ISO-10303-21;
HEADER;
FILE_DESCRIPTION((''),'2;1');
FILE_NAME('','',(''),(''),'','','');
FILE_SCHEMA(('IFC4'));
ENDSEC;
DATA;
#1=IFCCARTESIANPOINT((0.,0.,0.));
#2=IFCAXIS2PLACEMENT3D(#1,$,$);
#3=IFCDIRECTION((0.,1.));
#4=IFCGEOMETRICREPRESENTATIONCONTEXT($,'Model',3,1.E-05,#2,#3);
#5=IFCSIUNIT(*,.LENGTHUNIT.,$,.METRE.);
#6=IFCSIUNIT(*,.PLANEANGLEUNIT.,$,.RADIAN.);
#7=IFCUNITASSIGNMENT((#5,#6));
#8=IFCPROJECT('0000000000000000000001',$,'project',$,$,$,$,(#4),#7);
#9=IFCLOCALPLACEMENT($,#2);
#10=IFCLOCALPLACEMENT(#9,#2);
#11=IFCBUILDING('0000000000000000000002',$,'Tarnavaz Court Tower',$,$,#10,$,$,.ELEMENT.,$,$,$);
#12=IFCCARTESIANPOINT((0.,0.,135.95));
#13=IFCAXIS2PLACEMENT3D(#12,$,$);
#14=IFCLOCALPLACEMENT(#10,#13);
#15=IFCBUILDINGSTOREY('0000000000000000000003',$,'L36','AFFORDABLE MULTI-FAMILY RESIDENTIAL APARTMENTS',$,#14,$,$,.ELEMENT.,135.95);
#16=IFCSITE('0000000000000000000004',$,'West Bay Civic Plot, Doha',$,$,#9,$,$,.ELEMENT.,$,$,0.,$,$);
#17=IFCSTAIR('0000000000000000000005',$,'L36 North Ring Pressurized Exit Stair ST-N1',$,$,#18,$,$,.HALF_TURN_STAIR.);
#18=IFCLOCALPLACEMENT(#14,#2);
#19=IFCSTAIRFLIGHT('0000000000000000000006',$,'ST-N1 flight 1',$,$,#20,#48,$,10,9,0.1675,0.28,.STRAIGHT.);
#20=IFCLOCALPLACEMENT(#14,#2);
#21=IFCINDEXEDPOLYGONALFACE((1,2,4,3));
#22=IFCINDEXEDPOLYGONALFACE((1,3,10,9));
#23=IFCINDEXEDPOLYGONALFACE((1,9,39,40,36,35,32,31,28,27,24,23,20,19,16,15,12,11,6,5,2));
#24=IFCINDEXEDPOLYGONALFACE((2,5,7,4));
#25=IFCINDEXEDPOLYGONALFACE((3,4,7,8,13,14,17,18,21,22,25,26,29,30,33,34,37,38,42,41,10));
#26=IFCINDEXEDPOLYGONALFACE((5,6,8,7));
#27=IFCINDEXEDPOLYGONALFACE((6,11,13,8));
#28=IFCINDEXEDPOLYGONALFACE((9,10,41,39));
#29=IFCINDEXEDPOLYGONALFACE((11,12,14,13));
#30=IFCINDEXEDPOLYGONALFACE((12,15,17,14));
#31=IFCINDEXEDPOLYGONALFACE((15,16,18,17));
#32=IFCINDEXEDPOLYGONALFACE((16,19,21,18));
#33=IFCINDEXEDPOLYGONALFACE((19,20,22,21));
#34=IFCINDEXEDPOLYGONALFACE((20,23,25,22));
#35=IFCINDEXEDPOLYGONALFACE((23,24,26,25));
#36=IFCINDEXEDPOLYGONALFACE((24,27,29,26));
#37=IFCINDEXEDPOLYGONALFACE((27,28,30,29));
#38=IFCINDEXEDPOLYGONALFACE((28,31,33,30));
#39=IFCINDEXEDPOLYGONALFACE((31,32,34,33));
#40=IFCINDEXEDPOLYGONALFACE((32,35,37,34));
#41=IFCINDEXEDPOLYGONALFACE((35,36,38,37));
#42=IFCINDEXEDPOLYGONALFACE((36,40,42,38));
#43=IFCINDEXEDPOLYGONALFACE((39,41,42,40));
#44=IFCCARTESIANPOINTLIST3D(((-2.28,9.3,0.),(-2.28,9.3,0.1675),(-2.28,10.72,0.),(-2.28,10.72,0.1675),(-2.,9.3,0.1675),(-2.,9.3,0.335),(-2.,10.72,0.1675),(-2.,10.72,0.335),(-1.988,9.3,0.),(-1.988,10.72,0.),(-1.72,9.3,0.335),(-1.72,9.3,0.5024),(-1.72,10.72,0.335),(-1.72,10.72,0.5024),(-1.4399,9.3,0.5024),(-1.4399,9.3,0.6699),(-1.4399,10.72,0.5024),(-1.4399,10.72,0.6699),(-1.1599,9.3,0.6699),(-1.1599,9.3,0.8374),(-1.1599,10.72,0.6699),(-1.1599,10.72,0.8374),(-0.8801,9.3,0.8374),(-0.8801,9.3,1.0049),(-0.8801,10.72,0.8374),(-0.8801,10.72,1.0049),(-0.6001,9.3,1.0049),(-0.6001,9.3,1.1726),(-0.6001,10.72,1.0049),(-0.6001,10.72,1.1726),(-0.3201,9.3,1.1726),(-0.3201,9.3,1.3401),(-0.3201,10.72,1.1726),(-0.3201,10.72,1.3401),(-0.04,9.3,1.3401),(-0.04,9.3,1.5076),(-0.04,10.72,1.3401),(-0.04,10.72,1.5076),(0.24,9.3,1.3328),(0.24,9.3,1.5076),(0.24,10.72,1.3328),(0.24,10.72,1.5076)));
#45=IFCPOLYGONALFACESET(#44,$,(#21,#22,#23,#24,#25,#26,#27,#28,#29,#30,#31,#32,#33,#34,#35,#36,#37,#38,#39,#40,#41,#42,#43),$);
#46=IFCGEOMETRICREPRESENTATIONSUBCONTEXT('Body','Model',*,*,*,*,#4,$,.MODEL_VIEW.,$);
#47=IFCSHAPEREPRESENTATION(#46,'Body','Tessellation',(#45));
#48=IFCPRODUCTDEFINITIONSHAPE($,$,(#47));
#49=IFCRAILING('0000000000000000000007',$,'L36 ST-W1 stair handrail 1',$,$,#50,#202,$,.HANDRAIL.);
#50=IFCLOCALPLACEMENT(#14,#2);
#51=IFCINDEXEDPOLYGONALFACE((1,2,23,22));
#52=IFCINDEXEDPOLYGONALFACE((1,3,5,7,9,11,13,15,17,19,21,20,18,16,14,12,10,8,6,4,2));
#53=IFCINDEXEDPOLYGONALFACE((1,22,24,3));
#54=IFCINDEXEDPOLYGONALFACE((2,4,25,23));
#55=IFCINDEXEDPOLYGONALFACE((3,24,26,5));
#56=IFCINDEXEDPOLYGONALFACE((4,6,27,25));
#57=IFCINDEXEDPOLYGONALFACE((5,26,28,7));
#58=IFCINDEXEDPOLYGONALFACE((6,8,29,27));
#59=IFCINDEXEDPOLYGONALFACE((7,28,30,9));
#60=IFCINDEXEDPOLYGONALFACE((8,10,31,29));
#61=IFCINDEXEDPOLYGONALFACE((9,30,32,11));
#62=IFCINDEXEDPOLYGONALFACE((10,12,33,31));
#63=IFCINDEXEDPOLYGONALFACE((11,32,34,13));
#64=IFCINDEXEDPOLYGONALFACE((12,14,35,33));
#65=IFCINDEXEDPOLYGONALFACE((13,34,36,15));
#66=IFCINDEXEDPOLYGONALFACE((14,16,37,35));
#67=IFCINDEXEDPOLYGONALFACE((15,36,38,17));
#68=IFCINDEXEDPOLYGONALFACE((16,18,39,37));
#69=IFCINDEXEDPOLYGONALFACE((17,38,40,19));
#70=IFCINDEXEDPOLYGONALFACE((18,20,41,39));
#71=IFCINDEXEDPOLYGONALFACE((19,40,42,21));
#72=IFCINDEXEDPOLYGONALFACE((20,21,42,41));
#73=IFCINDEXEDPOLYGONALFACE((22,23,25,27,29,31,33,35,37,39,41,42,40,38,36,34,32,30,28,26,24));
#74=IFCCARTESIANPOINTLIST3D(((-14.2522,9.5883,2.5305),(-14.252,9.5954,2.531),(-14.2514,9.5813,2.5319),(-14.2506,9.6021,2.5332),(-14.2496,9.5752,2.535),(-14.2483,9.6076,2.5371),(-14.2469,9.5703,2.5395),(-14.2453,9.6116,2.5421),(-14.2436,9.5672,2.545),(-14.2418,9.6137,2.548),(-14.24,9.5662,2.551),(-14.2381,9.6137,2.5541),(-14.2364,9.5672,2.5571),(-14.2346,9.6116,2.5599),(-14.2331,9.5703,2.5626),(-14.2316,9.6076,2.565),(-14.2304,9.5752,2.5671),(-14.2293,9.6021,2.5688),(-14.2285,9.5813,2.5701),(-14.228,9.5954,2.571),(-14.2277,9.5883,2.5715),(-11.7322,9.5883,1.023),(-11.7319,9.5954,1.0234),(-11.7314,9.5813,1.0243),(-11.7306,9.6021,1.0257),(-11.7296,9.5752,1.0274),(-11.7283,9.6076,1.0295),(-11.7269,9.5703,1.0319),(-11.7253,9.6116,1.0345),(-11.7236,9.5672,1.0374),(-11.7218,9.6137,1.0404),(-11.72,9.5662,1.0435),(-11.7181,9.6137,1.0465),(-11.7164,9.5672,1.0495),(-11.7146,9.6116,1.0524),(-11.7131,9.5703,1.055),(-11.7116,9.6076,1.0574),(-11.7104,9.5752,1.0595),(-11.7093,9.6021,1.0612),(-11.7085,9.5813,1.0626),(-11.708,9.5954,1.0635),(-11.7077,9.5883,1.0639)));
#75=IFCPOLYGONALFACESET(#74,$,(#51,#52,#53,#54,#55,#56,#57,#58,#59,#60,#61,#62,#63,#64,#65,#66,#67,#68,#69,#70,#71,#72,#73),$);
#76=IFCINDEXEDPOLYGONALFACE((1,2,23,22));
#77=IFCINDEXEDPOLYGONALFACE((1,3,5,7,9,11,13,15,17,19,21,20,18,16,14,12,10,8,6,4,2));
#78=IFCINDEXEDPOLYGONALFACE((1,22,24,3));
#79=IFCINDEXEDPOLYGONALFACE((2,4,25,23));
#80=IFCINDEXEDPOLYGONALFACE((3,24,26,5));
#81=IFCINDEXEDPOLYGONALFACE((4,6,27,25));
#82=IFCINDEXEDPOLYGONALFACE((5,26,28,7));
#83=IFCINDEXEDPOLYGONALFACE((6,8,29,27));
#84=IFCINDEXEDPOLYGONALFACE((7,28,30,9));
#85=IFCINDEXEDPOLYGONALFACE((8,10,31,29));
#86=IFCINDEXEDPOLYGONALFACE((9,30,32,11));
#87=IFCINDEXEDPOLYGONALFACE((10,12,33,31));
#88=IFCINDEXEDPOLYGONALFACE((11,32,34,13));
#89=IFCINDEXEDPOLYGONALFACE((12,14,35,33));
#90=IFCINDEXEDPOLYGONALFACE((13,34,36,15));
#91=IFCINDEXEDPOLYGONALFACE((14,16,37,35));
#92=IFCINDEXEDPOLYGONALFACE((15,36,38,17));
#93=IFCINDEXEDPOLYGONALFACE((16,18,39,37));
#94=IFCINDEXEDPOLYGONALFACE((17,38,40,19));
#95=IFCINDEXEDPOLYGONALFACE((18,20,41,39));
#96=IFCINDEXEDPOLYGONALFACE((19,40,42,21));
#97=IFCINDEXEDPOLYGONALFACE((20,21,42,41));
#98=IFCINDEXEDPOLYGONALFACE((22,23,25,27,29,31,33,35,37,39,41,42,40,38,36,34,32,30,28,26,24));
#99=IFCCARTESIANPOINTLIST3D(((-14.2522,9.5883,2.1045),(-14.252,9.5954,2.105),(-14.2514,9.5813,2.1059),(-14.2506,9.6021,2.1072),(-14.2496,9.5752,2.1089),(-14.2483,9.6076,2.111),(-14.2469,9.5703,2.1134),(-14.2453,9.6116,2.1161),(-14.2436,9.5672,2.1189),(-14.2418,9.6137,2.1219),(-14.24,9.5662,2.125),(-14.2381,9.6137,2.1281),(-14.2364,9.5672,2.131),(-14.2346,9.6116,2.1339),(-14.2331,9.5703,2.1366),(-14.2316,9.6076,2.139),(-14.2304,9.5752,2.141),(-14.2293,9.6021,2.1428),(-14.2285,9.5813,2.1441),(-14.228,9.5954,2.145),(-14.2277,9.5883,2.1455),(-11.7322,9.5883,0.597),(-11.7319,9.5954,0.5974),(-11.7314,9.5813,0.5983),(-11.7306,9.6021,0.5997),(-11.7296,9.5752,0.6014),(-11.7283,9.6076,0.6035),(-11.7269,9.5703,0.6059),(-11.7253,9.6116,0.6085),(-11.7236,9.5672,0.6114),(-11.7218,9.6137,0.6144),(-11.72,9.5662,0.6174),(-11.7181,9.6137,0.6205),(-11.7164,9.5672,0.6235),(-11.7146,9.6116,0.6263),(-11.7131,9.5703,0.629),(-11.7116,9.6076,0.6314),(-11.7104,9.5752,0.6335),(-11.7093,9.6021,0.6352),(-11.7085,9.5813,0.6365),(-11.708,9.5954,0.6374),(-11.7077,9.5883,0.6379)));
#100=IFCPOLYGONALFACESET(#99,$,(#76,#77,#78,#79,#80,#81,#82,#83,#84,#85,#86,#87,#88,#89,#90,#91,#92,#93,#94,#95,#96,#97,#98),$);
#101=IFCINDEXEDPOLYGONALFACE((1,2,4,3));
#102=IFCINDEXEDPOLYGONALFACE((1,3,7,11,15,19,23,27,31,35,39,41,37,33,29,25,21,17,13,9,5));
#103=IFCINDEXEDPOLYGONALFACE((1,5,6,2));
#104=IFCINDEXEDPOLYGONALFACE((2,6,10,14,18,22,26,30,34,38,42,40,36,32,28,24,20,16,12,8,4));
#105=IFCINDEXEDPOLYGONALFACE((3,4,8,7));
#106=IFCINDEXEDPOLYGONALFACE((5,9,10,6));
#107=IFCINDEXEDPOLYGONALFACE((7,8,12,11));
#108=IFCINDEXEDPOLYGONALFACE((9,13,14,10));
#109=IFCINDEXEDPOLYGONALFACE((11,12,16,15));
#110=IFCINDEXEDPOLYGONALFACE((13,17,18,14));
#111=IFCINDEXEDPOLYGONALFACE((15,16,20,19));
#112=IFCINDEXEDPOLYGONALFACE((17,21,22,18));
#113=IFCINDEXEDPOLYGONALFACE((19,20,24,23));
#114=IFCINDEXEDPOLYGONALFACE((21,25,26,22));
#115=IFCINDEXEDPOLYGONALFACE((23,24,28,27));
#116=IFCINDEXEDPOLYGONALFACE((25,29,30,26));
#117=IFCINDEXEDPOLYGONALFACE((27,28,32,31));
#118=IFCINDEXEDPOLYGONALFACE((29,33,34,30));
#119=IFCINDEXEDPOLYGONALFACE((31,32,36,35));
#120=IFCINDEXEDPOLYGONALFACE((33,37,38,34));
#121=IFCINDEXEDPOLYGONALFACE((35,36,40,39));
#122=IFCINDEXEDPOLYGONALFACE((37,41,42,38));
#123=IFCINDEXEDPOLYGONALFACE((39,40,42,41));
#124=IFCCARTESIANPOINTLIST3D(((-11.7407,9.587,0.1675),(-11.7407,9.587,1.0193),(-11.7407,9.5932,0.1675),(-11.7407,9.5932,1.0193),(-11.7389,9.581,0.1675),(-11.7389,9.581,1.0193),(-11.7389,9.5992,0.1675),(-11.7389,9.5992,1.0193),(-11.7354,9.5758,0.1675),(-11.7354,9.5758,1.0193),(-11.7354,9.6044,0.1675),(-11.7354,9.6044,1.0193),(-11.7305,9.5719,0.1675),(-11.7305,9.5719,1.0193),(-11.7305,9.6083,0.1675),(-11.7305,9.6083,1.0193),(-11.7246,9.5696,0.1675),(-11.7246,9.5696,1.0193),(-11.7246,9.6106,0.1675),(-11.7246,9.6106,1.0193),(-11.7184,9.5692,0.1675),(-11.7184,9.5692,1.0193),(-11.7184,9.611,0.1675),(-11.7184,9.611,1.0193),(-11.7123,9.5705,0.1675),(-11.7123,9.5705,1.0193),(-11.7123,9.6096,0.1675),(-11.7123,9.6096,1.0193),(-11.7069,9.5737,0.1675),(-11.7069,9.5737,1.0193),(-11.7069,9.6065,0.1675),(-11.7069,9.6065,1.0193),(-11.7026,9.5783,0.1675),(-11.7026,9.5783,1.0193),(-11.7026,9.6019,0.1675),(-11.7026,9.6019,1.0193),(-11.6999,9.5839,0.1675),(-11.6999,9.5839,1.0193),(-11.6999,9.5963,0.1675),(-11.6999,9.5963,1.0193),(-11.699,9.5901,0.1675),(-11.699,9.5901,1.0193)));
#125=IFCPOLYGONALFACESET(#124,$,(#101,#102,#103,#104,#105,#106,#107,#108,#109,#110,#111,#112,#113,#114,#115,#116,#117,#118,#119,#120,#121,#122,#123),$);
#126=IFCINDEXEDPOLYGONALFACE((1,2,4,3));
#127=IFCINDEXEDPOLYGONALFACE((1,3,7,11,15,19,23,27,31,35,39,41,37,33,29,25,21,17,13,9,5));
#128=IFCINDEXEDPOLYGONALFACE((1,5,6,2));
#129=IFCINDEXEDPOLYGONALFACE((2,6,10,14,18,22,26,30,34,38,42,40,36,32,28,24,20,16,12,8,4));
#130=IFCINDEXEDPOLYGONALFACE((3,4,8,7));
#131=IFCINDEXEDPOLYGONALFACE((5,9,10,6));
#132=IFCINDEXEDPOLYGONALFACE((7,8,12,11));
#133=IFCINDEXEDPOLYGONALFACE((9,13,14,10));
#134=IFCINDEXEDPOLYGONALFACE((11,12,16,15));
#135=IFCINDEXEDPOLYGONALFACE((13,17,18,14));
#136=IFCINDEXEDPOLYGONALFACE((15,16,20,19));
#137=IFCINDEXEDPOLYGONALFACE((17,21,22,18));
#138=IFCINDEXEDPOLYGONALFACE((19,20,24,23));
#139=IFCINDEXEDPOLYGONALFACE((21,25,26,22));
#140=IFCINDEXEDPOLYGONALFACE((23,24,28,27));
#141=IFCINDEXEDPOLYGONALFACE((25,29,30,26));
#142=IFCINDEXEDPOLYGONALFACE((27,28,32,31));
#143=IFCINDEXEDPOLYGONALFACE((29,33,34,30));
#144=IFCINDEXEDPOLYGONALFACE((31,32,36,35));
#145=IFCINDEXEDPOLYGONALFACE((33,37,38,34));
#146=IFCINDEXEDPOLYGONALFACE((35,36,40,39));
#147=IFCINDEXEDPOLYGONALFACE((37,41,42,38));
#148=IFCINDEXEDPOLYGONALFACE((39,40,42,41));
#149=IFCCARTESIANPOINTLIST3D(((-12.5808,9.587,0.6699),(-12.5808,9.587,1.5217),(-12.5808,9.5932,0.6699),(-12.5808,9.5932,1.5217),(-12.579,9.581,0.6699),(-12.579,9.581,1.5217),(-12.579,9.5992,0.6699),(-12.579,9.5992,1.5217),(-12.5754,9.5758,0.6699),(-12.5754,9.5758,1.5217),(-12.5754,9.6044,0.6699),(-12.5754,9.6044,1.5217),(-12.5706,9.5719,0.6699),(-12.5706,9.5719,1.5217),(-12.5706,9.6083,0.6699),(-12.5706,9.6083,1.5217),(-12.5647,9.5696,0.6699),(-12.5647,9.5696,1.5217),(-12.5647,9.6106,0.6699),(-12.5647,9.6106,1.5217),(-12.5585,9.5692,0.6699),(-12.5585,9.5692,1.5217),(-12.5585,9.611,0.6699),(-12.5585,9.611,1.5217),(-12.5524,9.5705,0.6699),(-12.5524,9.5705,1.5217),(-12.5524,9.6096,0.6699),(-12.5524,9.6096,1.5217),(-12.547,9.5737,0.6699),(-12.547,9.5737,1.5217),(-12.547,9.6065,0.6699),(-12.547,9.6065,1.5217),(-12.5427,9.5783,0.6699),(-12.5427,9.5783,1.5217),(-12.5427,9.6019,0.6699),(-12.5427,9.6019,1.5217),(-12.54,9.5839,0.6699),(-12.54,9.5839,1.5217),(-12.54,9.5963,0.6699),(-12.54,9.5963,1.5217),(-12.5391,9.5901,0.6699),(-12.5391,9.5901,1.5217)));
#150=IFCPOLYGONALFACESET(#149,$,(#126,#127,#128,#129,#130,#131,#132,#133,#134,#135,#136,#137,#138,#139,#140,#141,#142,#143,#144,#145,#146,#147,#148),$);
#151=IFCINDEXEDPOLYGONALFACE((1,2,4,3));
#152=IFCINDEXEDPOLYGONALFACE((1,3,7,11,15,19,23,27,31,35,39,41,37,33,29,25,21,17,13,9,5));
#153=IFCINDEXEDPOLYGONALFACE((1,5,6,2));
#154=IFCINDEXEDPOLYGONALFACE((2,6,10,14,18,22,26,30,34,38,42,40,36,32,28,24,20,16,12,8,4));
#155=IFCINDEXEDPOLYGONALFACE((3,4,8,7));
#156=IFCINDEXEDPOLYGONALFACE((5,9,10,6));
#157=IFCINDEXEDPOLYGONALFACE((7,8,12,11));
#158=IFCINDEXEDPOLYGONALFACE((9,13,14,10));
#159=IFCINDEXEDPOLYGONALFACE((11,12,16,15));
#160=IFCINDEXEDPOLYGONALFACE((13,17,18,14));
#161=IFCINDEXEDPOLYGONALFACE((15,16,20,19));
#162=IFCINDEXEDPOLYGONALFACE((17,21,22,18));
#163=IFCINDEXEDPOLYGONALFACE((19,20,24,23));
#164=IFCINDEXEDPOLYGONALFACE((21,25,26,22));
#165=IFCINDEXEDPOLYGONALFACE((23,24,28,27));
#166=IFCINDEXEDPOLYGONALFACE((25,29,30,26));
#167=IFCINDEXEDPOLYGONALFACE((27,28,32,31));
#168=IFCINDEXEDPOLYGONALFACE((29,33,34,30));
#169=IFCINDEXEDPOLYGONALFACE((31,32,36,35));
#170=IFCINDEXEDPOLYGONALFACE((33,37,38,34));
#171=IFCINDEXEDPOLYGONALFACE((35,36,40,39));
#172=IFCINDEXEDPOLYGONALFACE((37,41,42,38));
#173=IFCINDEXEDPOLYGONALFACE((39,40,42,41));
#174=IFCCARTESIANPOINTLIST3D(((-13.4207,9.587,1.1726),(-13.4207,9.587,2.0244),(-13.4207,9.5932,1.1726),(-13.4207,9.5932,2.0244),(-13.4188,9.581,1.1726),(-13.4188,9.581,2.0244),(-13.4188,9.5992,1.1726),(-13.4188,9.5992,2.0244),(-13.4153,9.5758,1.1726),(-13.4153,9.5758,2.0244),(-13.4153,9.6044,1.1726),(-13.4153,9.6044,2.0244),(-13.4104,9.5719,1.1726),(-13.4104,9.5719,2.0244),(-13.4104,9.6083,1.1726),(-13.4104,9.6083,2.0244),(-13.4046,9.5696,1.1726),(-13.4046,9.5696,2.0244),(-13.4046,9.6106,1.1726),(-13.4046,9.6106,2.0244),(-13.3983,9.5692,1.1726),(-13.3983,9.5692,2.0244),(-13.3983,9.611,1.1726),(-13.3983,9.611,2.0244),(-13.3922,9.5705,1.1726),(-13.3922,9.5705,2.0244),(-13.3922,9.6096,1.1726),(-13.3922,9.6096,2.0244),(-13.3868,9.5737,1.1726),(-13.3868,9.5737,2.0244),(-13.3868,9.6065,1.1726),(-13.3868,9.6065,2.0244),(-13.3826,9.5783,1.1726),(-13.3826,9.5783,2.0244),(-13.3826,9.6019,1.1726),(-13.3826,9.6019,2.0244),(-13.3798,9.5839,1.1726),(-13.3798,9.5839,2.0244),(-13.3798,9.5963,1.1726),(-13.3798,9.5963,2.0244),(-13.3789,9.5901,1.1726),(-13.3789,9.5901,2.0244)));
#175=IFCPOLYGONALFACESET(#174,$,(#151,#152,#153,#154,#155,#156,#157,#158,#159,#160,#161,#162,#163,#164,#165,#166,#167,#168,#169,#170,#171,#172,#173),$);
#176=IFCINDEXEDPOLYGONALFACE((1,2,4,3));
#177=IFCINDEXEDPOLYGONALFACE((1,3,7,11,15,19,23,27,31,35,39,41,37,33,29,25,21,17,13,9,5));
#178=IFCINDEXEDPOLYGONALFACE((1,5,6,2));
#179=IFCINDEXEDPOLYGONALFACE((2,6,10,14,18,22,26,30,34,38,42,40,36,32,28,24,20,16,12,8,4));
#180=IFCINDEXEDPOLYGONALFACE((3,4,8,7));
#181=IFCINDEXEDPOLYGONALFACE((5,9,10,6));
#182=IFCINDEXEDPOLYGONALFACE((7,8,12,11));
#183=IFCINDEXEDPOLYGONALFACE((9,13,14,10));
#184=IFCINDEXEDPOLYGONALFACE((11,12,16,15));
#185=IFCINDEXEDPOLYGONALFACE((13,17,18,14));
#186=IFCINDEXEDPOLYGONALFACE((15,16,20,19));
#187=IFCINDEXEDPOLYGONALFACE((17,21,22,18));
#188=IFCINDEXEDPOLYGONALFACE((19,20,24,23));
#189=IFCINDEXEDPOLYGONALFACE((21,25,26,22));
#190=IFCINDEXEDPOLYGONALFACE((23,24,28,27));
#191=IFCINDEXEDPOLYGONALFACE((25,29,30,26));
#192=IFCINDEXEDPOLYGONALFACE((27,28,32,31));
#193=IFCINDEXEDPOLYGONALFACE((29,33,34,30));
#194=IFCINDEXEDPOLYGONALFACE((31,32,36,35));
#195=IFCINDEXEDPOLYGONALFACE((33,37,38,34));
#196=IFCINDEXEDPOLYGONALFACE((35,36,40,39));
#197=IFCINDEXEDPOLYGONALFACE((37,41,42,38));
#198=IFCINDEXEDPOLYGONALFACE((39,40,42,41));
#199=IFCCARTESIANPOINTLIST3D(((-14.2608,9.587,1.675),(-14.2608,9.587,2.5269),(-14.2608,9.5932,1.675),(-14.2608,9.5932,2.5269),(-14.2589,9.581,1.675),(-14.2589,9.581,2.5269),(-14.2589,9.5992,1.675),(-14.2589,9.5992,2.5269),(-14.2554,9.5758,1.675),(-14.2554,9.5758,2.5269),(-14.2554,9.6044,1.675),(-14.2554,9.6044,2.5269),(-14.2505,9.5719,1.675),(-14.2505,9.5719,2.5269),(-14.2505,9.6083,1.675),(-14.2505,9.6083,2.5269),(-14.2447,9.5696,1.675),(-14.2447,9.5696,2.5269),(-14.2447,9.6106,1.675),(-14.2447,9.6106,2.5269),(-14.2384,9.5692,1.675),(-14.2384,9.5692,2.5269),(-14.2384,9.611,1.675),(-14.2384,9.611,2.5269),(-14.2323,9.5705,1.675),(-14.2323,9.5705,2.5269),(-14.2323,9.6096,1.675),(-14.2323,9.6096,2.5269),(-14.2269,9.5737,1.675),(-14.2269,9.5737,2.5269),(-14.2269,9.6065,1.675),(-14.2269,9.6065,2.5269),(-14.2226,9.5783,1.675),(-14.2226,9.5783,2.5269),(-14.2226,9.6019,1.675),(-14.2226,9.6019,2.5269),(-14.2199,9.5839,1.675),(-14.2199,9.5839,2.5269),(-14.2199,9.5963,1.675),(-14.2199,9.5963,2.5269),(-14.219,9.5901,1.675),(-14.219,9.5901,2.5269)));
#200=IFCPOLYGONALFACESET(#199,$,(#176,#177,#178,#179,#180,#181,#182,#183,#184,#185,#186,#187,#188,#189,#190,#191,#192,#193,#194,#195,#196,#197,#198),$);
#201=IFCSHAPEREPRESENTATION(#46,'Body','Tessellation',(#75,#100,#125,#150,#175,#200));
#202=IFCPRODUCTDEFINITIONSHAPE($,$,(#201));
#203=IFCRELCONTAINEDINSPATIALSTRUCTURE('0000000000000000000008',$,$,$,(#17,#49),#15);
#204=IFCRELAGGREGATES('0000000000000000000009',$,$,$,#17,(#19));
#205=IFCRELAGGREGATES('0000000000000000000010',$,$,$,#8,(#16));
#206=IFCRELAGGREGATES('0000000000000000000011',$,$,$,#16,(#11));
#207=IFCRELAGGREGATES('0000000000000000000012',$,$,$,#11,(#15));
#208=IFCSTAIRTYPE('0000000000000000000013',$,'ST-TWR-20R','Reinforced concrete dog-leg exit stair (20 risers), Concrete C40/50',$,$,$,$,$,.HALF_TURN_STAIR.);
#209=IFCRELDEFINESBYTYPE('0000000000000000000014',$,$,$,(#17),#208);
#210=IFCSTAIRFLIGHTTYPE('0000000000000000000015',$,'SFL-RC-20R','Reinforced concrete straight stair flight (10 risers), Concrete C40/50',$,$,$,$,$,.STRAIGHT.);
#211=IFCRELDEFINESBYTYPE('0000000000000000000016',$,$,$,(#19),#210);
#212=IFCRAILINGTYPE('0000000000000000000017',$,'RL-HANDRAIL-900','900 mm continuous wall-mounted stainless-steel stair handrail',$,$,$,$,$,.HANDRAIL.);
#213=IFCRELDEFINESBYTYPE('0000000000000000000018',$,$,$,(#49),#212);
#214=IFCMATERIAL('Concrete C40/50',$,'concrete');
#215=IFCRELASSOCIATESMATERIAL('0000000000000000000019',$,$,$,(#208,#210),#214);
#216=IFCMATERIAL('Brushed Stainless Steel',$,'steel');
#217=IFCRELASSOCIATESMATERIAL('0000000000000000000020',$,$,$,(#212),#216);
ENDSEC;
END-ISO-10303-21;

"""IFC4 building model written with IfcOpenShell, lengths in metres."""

from ifc_helpers import new_model, si_unit, direction, frame, origin, origin_2d, place, context, subcontext, project, spatial, polyline, circle, outline, extrude, material, type_object, element, aggregate, save


model = new_model("IFC4")

# Units and contexts
model_context = context("Model", 3, precision=1e-05, world=origin(), true_north=direction((0.0, 1.0)))
body_context = subcontext(model_context, "Body", "Model", "MODEL_VIEW")
ifc_project = project(units=[si_unit("LENGTHUNIT", "METRE"), si_unit("PLANEANGLEUNIT", "RADIAN")], contexts=[model_context])

# Site, building, storey
site_placement = place(None, origin())
site = spatial("IfcSite", under=ifc_project, at=site_placement, Name="West Bay Civic Plot, Doha", CompositionType="ELEMENT", RefElevation=0.0)
building_placement = place(site_placement, origin())
building = spatial("IfcBuilding", under=site, at=building_placement, Name="Tarnavaz Court Tower", CompositionType="ELEMENT")
storey_placement = place(building_placement, frame((0.0, 0.0, 135.95)))
storey = spatial("IfcBuildingStorey", under=building, at=storey_placement, Name="L36", Description="AFFORDABLE MULTI-FAMILY RESIDENTIAL APARTMENTS", CompositionType="ELEMENT", Elevation=135.95)

# Shared definitions
ifc_material_1 = material(Name="Concrete C40/50", Category="concrete")
stair_type = type_object("IfcStairType", Name="ST-TWR-20R", Description="Reinforced concrete dog-leg exit stair (20 risers), Concrete C40/50", PredefinedType="HALF_TURN_STAIR", material=ifc_material_1)
stair_flight_type = type_object("IfcStairFlightType", Name="SFL-RC-20R", Description="Reinforced concrete straight stair flight (10 risers), Concrete C40/50", PredefinedType="STRAIGHT", material=ifc_material_1)

# Stair, stair flight
stair_1_placement = place(storey_placement, origin())
stair_1 = element("IfcStair", 1, at=stair_1_placement, inside=storey, type_object=stair_type, Name="L36 North Ring Pressurized Exit Stair ST-N1", PredefinedType="HALF_TURN_STAIR")
stair_flight_1_placement = place(storey_placement, frame((-2.28, 10.01, 0.0), z_axis=(0.0, 0.0, 1.0), x_axis=(1.0, 0.0, 0.0)))
stair_flight_1 = element("IfcStairFlight", 2, at=stair_flight_1_placement, type_object=stair_flight_type, Name="ST-N1 flight 1", NumberOfRisers=10, NumberOfTreads=9, PredefinedType="STRAIGHT", RiserHeight=0.1675, TreadLength=0.28, context=body_context, shape_type="SweptSolid", body=[
    extrude(outline(polyline([(0.0, 0.0), (0.0, 0.1675), (0.28, 0.1675), (0.28, 0.335), (0.5601, 0.335), (0.5601, 0.5024), (0.8401, 0.5024), (0.8401, 0.6699), (1.1201, 0.6699), (1.1201, 0.8374), (1.3999, 0.8374), (1.3999, 1.0049), (1.6799, 1.0049), (1.6799, 1.1726), (1.96, 1.1726), (1.96, 1.3401), (2.24, 1.3401), (2.24, 1.5076), (2.52, 1.5076), (2.52, 1.675), (2.52, 1.3328), (0.292, 0.0), (0.0, 0.0)])), frame((0.0, 0.71, 0.0), z_axis=(0.0, -1.0, 0.0), x_axis=(1.0, 0.0, 0.0)), (0.0, 0.0, 1.0), 1.4199),
])
aggregate(stair_1, [stair_flight_1])

# Railing
ifc_material_2 = material(Name="Brushed Stainless Steel", Category="steel")
railing_type_1 = type_object("IfcRailingType", Name="RL-HANDRAIL-900", Description="900 mm continuous wall-mounted stainless-steel stair handrail", PredefinedType="HANDRAIL", material=ifc_material_2)
railing_1_placement = place(storey_placement, frame((-11.72, 9.5901, 0.1675)))
element("IfcRailing", 3, at=railing_1_placement, inside=storey, type_object=railing_type_1, Name="L36 ST-W1 stair handrail 1", PredefinedType="HANDRAIL", context=body_context, shape_type="SweptSolid", body=[
    extrude(circle(Radius=0.0239, at=origin_2d()), frame((0.0, 0.0, 0.876), z_axis=(-0.85816, 0.0, 0.513383), x_axis=(0.0, -1.0, 0.0)), (0.0, 0.0, 1.0), 2.9365),
    extrude(circle(Radius=0.0239, at=origin_2d()), frame((0.0, 0.0, 0.45), z_axis=(-0.85816, 0.0, 0.513383), x_axis=(0.0, -1.0, 0.0)), (0.0, 0.0, 1.0), 2.9365),
    extrude(circle(Radius=0.021, at=origin_2d()), origin(), (0.0, 0.0, 1.0), 0.8518),
    extrude(circle(Radius=0.021, at=origin_2d()), frame((-0.8401, 0.0, 0.5024)), (0.0, 0.0, 1.0), 0.8518),
    extrude(circle(Radius=0.021, at=origin_2d()), frame((-1.6799, 0.0, 1.0051)), (0.0, 0.0, 1.0), 0.8518),
    extrude(circle(Radius=0.021, at=origin_2d()), frame((-2.52, 0.0, 1.5076)), (0.0, 0.0, 1.0), 0.8518),
])

save(model, "model.ifc")
